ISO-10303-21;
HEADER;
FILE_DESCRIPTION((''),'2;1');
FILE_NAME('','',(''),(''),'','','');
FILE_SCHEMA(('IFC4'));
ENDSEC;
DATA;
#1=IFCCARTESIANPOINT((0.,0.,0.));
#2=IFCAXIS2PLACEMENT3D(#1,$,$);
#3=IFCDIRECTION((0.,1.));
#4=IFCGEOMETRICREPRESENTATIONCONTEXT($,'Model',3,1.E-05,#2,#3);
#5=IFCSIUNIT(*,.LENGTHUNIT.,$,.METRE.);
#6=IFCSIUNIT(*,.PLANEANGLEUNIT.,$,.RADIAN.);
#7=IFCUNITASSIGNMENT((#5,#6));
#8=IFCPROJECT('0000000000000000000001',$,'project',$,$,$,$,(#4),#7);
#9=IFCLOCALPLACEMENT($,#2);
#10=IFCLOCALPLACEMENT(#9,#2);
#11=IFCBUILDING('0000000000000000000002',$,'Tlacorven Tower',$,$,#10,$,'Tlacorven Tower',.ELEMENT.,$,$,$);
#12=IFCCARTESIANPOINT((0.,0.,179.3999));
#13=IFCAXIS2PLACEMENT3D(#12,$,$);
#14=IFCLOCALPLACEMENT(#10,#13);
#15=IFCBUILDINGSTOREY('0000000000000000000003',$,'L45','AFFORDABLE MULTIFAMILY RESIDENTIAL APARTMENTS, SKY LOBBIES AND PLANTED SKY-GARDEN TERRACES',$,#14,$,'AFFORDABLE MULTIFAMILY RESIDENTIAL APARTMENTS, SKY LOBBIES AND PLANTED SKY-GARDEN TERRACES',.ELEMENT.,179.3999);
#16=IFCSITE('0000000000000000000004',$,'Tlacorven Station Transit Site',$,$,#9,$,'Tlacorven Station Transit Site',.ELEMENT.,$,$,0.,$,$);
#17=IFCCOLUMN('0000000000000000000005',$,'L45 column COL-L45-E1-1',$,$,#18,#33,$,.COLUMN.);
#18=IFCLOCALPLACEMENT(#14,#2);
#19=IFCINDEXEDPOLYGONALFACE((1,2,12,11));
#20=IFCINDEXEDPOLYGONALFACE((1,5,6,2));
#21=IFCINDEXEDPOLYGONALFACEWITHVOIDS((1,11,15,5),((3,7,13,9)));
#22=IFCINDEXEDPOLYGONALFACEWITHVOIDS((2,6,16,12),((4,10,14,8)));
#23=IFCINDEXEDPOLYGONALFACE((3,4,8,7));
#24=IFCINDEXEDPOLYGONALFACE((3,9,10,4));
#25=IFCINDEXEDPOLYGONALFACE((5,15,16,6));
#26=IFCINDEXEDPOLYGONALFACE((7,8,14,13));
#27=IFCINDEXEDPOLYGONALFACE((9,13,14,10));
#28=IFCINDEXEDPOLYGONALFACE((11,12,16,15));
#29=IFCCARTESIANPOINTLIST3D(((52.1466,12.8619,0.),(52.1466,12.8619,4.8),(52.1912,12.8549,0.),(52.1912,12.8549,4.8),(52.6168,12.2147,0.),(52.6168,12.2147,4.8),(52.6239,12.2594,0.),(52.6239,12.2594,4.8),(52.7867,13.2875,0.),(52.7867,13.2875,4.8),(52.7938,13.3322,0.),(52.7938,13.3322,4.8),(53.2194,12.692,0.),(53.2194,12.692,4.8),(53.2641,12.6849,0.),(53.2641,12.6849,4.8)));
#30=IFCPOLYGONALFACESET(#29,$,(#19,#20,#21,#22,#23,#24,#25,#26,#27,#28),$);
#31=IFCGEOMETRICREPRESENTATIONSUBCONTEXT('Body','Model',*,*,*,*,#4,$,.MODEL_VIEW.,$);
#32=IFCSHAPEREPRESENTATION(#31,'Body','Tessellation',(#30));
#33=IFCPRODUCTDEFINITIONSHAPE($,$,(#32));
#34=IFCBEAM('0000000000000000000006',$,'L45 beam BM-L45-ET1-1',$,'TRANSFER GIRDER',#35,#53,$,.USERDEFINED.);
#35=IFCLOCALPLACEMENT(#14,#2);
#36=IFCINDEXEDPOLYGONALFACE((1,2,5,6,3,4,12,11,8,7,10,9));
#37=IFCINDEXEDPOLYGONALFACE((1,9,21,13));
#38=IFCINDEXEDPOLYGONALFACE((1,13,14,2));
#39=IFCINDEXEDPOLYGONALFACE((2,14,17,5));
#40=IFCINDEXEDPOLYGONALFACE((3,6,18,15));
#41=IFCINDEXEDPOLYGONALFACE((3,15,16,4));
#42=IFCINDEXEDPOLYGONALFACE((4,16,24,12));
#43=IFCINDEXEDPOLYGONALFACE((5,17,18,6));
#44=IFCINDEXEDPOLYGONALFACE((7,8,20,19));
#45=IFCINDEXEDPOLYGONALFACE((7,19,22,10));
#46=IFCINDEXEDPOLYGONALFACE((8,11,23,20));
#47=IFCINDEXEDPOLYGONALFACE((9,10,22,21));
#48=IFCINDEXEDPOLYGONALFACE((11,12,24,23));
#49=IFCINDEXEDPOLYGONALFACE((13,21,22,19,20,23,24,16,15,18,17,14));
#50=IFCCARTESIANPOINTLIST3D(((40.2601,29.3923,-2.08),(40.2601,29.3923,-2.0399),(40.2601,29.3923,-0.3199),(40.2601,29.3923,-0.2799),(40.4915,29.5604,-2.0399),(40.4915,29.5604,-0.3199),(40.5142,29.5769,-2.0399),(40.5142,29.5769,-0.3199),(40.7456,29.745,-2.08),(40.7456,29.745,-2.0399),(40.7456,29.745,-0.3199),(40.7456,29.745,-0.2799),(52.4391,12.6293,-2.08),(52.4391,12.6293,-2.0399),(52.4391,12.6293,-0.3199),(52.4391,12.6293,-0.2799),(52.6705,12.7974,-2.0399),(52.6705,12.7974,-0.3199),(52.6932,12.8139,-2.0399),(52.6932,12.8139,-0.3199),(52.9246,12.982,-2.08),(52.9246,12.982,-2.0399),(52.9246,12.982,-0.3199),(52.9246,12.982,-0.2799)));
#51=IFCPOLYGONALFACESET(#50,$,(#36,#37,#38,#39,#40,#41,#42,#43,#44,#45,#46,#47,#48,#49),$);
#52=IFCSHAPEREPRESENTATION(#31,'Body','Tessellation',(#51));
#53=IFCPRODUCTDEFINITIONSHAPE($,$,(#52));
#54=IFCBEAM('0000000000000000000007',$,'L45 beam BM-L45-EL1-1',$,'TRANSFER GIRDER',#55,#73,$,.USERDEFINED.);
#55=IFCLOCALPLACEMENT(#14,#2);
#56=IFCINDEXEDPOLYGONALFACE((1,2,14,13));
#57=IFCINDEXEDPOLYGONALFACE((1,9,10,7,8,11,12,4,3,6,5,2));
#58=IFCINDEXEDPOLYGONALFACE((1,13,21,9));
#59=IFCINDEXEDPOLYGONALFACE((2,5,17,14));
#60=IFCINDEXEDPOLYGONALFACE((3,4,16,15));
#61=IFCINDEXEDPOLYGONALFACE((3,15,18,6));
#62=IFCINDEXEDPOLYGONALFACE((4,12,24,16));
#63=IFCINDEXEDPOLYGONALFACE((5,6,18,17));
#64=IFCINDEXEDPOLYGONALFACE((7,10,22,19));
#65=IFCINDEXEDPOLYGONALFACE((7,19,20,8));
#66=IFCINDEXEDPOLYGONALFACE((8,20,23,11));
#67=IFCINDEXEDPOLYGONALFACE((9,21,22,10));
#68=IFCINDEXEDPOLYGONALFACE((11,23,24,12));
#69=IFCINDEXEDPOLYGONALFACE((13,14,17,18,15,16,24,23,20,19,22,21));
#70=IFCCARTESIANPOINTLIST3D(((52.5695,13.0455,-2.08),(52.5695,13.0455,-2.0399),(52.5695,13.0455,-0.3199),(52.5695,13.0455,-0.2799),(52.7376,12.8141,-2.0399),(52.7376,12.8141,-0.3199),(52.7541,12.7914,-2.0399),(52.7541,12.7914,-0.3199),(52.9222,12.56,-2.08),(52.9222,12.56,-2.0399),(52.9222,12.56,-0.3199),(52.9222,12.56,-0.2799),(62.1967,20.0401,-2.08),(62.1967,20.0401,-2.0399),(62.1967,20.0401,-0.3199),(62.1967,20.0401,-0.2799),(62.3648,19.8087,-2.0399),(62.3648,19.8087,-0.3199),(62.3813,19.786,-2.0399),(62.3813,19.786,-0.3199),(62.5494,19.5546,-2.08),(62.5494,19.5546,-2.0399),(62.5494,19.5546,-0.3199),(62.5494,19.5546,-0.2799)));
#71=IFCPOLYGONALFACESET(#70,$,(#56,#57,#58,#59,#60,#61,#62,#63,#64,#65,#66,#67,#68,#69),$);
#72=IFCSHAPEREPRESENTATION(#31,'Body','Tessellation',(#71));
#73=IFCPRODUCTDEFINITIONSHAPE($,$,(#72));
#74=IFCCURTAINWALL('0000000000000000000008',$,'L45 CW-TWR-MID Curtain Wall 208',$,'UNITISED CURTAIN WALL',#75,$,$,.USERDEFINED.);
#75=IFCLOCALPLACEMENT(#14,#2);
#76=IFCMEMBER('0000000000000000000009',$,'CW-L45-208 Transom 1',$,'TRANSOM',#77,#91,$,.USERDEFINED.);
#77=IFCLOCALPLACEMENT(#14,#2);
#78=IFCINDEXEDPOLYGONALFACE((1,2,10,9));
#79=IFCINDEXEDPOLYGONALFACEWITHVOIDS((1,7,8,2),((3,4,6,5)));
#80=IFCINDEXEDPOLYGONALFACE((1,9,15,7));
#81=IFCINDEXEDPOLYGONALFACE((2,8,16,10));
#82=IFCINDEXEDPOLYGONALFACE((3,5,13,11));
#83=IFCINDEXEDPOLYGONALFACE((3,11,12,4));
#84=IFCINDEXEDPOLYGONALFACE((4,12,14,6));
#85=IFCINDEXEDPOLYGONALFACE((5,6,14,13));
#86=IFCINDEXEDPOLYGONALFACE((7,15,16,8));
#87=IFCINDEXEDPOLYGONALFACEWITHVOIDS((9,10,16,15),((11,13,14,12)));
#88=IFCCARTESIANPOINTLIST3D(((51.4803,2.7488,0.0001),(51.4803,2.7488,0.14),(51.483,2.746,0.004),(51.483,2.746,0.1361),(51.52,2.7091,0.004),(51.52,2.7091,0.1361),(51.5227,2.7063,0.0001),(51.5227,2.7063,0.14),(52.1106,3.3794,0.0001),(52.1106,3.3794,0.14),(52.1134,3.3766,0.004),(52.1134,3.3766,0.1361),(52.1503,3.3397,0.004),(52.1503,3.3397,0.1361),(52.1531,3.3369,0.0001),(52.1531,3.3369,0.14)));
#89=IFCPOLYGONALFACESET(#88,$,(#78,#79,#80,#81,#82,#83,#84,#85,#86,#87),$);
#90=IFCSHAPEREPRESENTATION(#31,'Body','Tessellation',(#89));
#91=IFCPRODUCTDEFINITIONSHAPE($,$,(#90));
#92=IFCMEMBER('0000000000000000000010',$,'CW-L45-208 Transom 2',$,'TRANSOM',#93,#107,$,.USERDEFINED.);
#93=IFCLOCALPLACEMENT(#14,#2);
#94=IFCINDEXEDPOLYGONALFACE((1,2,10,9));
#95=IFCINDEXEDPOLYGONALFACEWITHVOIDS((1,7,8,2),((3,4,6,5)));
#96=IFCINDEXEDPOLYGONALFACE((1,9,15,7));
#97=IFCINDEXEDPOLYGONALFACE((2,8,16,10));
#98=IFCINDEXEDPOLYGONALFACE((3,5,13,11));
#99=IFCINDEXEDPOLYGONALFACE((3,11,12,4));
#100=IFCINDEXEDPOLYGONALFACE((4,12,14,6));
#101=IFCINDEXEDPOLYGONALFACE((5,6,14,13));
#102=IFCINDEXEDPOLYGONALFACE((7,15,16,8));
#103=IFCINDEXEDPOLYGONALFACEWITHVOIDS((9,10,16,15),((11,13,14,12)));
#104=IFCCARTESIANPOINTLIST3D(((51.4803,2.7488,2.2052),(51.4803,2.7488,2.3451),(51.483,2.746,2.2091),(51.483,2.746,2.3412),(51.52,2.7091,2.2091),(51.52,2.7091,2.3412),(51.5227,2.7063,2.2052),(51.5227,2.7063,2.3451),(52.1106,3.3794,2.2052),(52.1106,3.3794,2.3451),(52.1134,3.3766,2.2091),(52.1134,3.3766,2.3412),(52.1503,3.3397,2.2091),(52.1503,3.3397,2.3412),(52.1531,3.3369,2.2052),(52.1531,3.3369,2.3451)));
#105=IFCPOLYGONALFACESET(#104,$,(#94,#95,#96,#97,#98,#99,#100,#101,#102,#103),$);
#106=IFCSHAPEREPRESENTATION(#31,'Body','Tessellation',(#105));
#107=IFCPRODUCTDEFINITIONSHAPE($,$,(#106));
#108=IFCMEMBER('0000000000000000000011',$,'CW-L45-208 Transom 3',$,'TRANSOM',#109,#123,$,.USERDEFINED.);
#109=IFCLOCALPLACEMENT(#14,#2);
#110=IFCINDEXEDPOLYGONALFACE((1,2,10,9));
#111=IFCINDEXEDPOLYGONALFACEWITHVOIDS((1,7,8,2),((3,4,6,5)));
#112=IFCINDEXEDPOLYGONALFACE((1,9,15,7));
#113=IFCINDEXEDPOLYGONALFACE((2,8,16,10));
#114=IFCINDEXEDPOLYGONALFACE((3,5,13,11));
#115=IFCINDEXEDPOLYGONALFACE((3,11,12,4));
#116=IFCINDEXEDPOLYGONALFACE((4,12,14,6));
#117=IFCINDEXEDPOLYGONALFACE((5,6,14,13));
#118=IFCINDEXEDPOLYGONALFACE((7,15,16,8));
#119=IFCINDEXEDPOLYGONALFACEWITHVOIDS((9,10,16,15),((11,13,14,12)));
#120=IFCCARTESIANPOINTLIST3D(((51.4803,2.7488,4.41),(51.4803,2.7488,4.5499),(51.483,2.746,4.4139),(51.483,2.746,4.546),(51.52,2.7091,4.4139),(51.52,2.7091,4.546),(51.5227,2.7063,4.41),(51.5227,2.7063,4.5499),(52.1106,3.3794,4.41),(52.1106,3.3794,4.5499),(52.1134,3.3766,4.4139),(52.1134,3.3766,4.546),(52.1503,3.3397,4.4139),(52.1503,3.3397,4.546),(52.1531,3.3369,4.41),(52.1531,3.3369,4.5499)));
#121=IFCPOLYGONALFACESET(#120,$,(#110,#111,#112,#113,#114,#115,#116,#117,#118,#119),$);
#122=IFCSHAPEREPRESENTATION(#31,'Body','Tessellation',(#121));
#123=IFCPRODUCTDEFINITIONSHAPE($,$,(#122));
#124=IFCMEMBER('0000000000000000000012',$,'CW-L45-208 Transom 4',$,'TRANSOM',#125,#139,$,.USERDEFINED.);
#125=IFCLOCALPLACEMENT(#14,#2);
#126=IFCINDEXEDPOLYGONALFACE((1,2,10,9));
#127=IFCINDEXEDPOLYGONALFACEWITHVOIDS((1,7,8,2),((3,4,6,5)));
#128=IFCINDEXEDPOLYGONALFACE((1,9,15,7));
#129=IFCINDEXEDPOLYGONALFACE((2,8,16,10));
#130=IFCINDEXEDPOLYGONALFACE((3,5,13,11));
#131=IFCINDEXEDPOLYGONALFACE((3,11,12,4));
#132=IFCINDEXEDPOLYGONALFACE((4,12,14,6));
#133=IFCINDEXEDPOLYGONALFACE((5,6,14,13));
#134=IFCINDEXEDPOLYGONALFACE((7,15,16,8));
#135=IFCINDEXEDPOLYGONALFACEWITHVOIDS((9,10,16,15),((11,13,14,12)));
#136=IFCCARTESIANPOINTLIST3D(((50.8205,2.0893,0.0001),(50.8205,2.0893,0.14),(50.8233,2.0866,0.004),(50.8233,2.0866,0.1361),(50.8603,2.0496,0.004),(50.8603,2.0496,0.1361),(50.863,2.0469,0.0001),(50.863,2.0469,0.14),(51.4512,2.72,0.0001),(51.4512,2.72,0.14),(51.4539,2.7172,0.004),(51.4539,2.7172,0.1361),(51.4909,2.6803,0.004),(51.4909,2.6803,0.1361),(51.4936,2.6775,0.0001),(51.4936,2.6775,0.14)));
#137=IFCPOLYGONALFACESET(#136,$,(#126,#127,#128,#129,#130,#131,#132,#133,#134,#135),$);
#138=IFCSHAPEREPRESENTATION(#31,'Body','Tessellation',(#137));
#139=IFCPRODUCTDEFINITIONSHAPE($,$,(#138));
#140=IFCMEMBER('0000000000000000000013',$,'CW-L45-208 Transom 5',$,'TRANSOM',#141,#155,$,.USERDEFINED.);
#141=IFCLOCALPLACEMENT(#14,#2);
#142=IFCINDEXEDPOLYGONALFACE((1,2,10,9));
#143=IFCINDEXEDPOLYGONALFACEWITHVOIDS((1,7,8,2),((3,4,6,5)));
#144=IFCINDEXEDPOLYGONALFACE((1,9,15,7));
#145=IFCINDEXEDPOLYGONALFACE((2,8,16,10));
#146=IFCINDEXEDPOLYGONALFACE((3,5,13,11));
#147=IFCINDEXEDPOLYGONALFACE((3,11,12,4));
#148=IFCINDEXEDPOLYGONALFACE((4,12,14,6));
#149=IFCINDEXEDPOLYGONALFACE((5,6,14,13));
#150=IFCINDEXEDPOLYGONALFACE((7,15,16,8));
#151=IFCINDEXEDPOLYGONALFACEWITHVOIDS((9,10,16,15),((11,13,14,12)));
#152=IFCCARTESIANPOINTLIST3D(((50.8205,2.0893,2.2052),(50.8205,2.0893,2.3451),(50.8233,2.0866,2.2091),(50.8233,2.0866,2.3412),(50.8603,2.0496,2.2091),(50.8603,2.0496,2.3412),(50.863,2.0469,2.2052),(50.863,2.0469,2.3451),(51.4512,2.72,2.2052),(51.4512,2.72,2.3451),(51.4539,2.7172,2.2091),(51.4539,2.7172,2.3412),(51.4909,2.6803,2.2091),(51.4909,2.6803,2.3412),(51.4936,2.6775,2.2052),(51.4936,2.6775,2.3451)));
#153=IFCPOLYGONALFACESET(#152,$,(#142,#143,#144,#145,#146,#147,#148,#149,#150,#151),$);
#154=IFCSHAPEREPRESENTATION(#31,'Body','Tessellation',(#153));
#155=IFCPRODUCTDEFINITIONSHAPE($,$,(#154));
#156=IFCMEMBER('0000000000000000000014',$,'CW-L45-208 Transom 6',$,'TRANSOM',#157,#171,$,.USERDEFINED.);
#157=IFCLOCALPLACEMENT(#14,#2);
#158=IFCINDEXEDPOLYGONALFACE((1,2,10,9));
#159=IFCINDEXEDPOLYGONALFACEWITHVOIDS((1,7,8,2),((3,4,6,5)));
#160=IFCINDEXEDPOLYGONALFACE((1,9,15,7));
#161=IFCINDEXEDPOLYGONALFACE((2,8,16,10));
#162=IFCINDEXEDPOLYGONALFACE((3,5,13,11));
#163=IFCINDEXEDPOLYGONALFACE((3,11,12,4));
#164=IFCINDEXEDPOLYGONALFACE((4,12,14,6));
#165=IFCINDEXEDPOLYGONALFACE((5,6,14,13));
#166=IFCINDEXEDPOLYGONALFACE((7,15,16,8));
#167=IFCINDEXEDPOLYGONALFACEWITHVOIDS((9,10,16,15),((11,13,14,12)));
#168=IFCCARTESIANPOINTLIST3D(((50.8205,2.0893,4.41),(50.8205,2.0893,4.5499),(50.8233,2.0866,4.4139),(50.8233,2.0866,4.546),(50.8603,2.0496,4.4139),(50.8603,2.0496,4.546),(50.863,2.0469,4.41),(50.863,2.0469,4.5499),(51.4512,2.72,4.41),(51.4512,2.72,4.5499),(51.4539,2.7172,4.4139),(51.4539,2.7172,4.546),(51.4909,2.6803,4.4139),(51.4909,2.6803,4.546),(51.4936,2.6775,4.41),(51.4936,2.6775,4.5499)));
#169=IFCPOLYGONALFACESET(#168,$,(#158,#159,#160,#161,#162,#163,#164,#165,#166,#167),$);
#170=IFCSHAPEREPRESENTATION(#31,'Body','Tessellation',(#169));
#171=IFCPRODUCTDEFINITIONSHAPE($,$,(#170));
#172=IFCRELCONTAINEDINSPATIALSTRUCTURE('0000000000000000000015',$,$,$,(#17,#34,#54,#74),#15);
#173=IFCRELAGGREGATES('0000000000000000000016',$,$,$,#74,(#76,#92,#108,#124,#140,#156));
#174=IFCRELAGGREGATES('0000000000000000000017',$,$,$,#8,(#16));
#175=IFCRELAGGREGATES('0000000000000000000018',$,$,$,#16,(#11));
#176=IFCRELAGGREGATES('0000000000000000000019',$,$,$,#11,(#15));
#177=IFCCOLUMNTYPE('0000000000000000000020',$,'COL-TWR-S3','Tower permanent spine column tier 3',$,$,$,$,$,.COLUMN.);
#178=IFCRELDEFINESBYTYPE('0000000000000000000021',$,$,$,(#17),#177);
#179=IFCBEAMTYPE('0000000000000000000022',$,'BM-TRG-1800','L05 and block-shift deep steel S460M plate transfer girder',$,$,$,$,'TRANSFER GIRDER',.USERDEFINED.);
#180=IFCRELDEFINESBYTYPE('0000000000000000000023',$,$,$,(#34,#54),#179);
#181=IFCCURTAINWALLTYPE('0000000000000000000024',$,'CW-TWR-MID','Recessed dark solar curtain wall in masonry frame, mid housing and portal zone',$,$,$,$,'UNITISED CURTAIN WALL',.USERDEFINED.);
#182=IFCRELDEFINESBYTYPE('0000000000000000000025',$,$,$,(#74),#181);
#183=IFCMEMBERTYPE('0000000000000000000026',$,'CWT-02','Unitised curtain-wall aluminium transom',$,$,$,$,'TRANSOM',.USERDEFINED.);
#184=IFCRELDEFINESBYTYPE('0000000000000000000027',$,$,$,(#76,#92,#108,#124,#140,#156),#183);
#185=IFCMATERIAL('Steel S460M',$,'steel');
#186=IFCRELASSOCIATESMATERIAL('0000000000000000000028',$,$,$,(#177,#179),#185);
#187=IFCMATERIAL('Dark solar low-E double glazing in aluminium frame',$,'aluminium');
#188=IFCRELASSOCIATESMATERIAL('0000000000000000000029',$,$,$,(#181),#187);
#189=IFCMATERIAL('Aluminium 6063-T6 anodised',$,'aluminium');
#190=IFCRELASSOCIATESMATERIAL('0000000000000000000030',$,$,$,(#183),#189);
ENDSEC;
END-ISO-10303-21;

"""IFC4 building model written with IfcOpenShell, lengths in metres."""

from ifc_helpers import new_model, si_unit, direction, frame, origin, origin_2d, place, context, subcontext, project, spatial, hollow_rectangle, i_section, extrude, source, transform, mapped, material, material_profile, profile_set, type_object, element, aggregate, save


model = new_model("IFC4")

# Units and contexts
model_context = context("Model", 3, precision=1e-05, world=origin(), true_north=direction((0.0, 1.0)))
body_context = subcontext(model_context, "Body", "Model", "MODEL_VIEW")
ifc_project = project(units=[si_unit("LENGTHUNIT", "METRE"), si_unit("PLANEANGLEUNIT", "RADIAN")], contexts=[model_context])

# Site, building, storey
site_placement = place(None, origin())
site = spatial("IfcSite", under=ifc_project, at=site_placement, Name="Tlacorven Station Transit Site", LongName="Tlacorven Station Transit Site", CompositionType="ELEMENT", RefElevation=0.0)
building_placement = place(site_placement, origin())
building = spatial("IfcBuilding", under=site, at=building_placement, Name="Tlacorven Tower", LongName="Tlacorven Tower", CompositionType="ELEMENT")
storey_placement = place(building_placement, frame((0.0, 0.0, 179.3999)))
storey = spatial("IfcBuildingStorey", under=building, at=storey_placement, Name="L45", Description="AFFORDABLE MULTIFAMILY RESIDENTIAL APARTMENTS, SKY LOBBIES AND PLANTED SKY-GARDEN TERRACES", LongName="AFFORDABLE MULTIFAMILY RESIDENTIAL APARTMENTS, SKY LOBBIES AND PLANTED SKY-GARDEN TERRACES", CompositionType="ELEMENT", Elevation=179.3999)

# Column
ifc_material_1 = material(Name="Steel S460M", Category="steel")
ifc_material_profile_1 = material_profile(ifc_material_1, hollow_rectangle(XDim=0.8, YDim=0.8, WallThickness=0.032, at=origin_2d()), Name="BOX 800X800X32")
ifc_profile_set_1 = profile_set([ifc_material_profile_1], Name="Steel S460M")
column_type = type_object("IfcColumnType", Name="COL-TWR-S3", Description="Tower permanent spine column tier 3", PredefinedType="COLUMN", material=ifc_profile_set_1)
shared_shape_1 = source(origin(), body_context, "Body", "SweptSolid", [
    extrude(hollow_rectangle(XDim=0.8, YDim=0.8, WallThickness=0.032, at=origin_2d()), origin(), (0.0, 0.0, 1.0), 4.8),
])
column_placement = place(storey_placement, frame((52.7053, 12.7734, 0.0), z_axis=(0.0, 0.0, 1.0), x_axis=(0.809017, 0.587785, 0.0)))
element("IfcColumn", 1, at=column_placement, inside=storey, type_object=column_type, Name="L45 column COL-L45-E1-1", PredefinedType="COLUMN", context=body_context, shape_type="MappedRepresentation", body=[
    mapped(shared_shape_1, transform((0.0, 0.0, 0.0), scale=1.0)),
])

# Beams
ifc_material_profile_2 = material_profile(ifc_material_1, i_section(OverallWidth=0.6001, OverallDepth=1.8, WebThickness=0.0281, FlangeThickness=0.04, at=origin_2d()), Name="PG 1800X600X28X40")
ifc_profile_set_2 = profile_set([ifc_material_profile_2], Name="Steel S460M")
beam_type = type_object("IfcBeamType", Name="BM-TRG-1800", Description="L05 and block-shift deep steel S460M plate transfer girder", ElementType="TRANSFER GIRDER", PredefinedType="USERDEFINED", material=ifc_profile_set_2)
shared_shape_2 = source(origin(), body_context, "Body", "SweptSolid", [
    extrude(i_section(OverallWidth=0.6001, OverallDepth=1.8, WebThickness=0.0281, FlangeThickness=0.04, at=origin_2d()), origin(), (0.0, 0.0, 1.0), 20.7202),
])
beam_1_placement = place(storey_placement, frame((52.6819, 12.8057, -1.1799), z_axis=(-0.587784, 0.809018, 0.0), x_axis=(-0.809018, -0.587784, 0.0)))
element("IfcBeam", 2, at=beam_1_placement, inside=storey, type_object=beam_type, Name="L45 beam BM-L45-ET1-1", ObjectType="TRANSFER GIRDER", PredefinedType="USERDEFINED", context=body_context, shape_type="MappedRepresentation", body=[
    mapped(shared_shape_2, transform((0.0, 0.0, 0.0), scale=1.0)),
])
shared_shape_3 = source(origin(), body_context, "Body", "SweptSolid", [
    extrude(i_section(OverallWidth=0.6001, OverallDepth=1.8, WebThickness=0.0281, FlangeThickness=0.04, at=origin_2d()), origin(), (0.0, 0.0, 1.0), 11.8999),
])
beam_2_placement = place(storey_placement, frame((52.7458, 12.8027, -1.1799), z_axis=(0.809015, 0.587789, 0.0), x_axis=(-0.587789, 0.809015, 0.0)))
element("IfcBeam", 3, at=beam_2_placement, inside=storey, type_object=beam_type, Name="L45 beam BM-L45-EL1-1", ObjectType="TRANSFER GIRDER", PredefinedType="USERDEFINED", context=body_context, shape_type="MappedRepresentation", body=[
    mapped(shared_shape_3, transform((0.0, 0.0, 0.0), scale=1.0)),
])

# Curtain wall, members
ifc_material_2 = material(Name="Dark solar low-E double glazing in aluminium frame", Category="aluminium")
curtain_wall_type = type_object("IfcCurtainWallType", Name="CW-TWR-MID", Description="Recessed dark solar curtain wall in masonry frame, mid housing and portal zone", ElementType="UNITISED CURTAIN WALL", PredefinedType="USERDEFINED", material=ifc_material_2)
curtain_wall_placement = place(storey_placement, origin())
curtain_wall = element("IfcCurtainWall", 4, at=curtain_wall_placement, inside=storey, type_object=curtain_wall_type, Name="L45 CW-TWR-MID Curtain Wall 208", ObjectType="UNITISED CURTAIN WALL", PredefinedType="USERDEFINED")
ifc_material_3 = material(Name="Aluminium 6063-T6 anodised", Category="aluminium")
ifc_material_profile_3 = material_profile(ifc_material_3, hollow_rectangle(XDim=0.0601, YDim=0.1399, WallThickness=0.0039, at=origin_2d()), Name="ALU TRANSOM 60X140")
ifc_profile_set_3 = profile_set([ifc_material_profile_3], Name="Aluminium 6063-T6 anodised")
member_type_1 = type_object("IfcMemberType", Name="CWT-02", Description="Unitised curtain-wall aluminium transom", ElementType="TRANSOM", PredefinedType="USERDEFINED", material=ifc_profile_set_3)
shared_shape_4 = source(origin(), body_context, "Body", "SweptSolid", [
    extrude(hollow_rectangle(XDim=0.0601, YDim=0.1399, WallThickness=0.0039, at=origin_2d()), origin(), (0.0, 0.0, 1.0), 0.8916),
])
member_1_placement = place(storey_placement, frame((52.1318, 3.3582, 0.0701), z_axis=(-0.70697, -0.707244, 0.0), x_axis=(0.707244, -0.70697, 0.0)))
member_1 = element("IfcMember", 5, at=member_1_placement, type_object=member_type_1, Name="CW-L45-208 Transom 1", ObjectType="TRANSOM", PredefinedType="USERDEFINED", context=body_context, shape_type="MappedRepresentation", body=[
    mapped(shared_shape_4, transform((0.0, 0.0, 0.0), scale=1.0)),
])
member_2_placement = place(storey_placement, frame((52.1318, 3.3582, 2.2751), z_axis=(-0.70697, -0.707244, 0.0), x_axis=(0.707244, -0.70697, 0.0)))
member_2 = element("IfcMember", 6, at=member_2_placement, type_object=member_type_1, Name="CW-L45-208 Transom 2", ObjectType="TRANSOM", PredefinedType="USERDEFINED", context=body_context, shape_type="MappedRepresentation", body=[
    mapped(shared_shape_4, transform((0.0, 0.0, 0.0), scale=1.0)),
])
member_3_placement = place(storey_placement, frame((52.1318, 3.3582, 4.48), z_axis=(-0.70697, -0.707244, 0.0), x_axis=(0.707244, -0.70697, 0.0)))
member_3 = element("IfcMember", 7, at=member_3_placement, type_object=member_type_1, Name="CW-L45-208 Transom 3", ObjectType="TRANSOM", PredefinedType="USERDEFINED", context=body_context, shape_type="MappedRepresentation", body=[
    mapped(shared_shape_4, transform((0.0, 0.0, 0.0), scale=1.0)),
])
shared_shape_5 = source(origin(), body_context, "Body", "SweptSolid", [
    extrude(hollow_rectangle(XDim=0.0601, YDim=0.1399, WallThickness=0.0039, at=origin_2d()), origin(), (0.0, 0.0, 1.0), 0.8918),
])
member_4_placement = place(storey_placement, frame((51.4724, 2.6987, 0.0701), z_axis=(-0.707107, -0.707107, 0.0), x_axis=(0.707107, -0.707107, 0.0)))
member_4 = element("IfcMember", 8, at=member_4_placement, type_object=member_type_1, Name="CW-L45-208 Transom 4", ObjectType="TRANSOM", PredefinedType="USERDEFINED", context=body_context, shape_type="MappedRepresentation", body=[
    mapped(shared_shape_5, transform((0.0, 0.0, 0.0), scale=1.0)),
])
member_5_placement = place(storey_placement, frame((51.4724, 2.6987, 2.2751), z_axis=(-0.707107, -0.707107, 0.0), x_axis=(0.707107, -0.707107, 0.0)))
member_5 = element("IfcMember", 9, at=member_5_placement, type_object=member_type_1, Name="CW-L45-208 Transom 5", ObjectType="TRANSOM", PredefinedType="USERDEFINED", context=body_context, shape_type="MappedRepresentation", body=[
    mapped(shared_shape_5, transform((0.0, 0.0, 0.0), scale=1.0)),
])
member_6_placement = place(storey_placement, frame((51.4724, 2.6987, 4.48), z_axis=(-0.707107, -0.707107, 0.0), x_axis=(0.707107, -0.707107, 0.0)))
member_6 = element("IfcMember", 10, at=member_6_placement, type_object=member_type_1, Name="CW-L45-208 Transom 6", ObjectType="TRANSOM", PredefinedType="USERDEFINED", context=body_context, shape_type="MappedRepresentation", body=[
    mapped(shared_shape_5, transform((0.0, 0.0, 0.0), scale=1.0)),
])
aggregate(curtain_wall, [member_1, member_2, member_3, member_4, member_5, member_6])

save(model, "model.ifc")
